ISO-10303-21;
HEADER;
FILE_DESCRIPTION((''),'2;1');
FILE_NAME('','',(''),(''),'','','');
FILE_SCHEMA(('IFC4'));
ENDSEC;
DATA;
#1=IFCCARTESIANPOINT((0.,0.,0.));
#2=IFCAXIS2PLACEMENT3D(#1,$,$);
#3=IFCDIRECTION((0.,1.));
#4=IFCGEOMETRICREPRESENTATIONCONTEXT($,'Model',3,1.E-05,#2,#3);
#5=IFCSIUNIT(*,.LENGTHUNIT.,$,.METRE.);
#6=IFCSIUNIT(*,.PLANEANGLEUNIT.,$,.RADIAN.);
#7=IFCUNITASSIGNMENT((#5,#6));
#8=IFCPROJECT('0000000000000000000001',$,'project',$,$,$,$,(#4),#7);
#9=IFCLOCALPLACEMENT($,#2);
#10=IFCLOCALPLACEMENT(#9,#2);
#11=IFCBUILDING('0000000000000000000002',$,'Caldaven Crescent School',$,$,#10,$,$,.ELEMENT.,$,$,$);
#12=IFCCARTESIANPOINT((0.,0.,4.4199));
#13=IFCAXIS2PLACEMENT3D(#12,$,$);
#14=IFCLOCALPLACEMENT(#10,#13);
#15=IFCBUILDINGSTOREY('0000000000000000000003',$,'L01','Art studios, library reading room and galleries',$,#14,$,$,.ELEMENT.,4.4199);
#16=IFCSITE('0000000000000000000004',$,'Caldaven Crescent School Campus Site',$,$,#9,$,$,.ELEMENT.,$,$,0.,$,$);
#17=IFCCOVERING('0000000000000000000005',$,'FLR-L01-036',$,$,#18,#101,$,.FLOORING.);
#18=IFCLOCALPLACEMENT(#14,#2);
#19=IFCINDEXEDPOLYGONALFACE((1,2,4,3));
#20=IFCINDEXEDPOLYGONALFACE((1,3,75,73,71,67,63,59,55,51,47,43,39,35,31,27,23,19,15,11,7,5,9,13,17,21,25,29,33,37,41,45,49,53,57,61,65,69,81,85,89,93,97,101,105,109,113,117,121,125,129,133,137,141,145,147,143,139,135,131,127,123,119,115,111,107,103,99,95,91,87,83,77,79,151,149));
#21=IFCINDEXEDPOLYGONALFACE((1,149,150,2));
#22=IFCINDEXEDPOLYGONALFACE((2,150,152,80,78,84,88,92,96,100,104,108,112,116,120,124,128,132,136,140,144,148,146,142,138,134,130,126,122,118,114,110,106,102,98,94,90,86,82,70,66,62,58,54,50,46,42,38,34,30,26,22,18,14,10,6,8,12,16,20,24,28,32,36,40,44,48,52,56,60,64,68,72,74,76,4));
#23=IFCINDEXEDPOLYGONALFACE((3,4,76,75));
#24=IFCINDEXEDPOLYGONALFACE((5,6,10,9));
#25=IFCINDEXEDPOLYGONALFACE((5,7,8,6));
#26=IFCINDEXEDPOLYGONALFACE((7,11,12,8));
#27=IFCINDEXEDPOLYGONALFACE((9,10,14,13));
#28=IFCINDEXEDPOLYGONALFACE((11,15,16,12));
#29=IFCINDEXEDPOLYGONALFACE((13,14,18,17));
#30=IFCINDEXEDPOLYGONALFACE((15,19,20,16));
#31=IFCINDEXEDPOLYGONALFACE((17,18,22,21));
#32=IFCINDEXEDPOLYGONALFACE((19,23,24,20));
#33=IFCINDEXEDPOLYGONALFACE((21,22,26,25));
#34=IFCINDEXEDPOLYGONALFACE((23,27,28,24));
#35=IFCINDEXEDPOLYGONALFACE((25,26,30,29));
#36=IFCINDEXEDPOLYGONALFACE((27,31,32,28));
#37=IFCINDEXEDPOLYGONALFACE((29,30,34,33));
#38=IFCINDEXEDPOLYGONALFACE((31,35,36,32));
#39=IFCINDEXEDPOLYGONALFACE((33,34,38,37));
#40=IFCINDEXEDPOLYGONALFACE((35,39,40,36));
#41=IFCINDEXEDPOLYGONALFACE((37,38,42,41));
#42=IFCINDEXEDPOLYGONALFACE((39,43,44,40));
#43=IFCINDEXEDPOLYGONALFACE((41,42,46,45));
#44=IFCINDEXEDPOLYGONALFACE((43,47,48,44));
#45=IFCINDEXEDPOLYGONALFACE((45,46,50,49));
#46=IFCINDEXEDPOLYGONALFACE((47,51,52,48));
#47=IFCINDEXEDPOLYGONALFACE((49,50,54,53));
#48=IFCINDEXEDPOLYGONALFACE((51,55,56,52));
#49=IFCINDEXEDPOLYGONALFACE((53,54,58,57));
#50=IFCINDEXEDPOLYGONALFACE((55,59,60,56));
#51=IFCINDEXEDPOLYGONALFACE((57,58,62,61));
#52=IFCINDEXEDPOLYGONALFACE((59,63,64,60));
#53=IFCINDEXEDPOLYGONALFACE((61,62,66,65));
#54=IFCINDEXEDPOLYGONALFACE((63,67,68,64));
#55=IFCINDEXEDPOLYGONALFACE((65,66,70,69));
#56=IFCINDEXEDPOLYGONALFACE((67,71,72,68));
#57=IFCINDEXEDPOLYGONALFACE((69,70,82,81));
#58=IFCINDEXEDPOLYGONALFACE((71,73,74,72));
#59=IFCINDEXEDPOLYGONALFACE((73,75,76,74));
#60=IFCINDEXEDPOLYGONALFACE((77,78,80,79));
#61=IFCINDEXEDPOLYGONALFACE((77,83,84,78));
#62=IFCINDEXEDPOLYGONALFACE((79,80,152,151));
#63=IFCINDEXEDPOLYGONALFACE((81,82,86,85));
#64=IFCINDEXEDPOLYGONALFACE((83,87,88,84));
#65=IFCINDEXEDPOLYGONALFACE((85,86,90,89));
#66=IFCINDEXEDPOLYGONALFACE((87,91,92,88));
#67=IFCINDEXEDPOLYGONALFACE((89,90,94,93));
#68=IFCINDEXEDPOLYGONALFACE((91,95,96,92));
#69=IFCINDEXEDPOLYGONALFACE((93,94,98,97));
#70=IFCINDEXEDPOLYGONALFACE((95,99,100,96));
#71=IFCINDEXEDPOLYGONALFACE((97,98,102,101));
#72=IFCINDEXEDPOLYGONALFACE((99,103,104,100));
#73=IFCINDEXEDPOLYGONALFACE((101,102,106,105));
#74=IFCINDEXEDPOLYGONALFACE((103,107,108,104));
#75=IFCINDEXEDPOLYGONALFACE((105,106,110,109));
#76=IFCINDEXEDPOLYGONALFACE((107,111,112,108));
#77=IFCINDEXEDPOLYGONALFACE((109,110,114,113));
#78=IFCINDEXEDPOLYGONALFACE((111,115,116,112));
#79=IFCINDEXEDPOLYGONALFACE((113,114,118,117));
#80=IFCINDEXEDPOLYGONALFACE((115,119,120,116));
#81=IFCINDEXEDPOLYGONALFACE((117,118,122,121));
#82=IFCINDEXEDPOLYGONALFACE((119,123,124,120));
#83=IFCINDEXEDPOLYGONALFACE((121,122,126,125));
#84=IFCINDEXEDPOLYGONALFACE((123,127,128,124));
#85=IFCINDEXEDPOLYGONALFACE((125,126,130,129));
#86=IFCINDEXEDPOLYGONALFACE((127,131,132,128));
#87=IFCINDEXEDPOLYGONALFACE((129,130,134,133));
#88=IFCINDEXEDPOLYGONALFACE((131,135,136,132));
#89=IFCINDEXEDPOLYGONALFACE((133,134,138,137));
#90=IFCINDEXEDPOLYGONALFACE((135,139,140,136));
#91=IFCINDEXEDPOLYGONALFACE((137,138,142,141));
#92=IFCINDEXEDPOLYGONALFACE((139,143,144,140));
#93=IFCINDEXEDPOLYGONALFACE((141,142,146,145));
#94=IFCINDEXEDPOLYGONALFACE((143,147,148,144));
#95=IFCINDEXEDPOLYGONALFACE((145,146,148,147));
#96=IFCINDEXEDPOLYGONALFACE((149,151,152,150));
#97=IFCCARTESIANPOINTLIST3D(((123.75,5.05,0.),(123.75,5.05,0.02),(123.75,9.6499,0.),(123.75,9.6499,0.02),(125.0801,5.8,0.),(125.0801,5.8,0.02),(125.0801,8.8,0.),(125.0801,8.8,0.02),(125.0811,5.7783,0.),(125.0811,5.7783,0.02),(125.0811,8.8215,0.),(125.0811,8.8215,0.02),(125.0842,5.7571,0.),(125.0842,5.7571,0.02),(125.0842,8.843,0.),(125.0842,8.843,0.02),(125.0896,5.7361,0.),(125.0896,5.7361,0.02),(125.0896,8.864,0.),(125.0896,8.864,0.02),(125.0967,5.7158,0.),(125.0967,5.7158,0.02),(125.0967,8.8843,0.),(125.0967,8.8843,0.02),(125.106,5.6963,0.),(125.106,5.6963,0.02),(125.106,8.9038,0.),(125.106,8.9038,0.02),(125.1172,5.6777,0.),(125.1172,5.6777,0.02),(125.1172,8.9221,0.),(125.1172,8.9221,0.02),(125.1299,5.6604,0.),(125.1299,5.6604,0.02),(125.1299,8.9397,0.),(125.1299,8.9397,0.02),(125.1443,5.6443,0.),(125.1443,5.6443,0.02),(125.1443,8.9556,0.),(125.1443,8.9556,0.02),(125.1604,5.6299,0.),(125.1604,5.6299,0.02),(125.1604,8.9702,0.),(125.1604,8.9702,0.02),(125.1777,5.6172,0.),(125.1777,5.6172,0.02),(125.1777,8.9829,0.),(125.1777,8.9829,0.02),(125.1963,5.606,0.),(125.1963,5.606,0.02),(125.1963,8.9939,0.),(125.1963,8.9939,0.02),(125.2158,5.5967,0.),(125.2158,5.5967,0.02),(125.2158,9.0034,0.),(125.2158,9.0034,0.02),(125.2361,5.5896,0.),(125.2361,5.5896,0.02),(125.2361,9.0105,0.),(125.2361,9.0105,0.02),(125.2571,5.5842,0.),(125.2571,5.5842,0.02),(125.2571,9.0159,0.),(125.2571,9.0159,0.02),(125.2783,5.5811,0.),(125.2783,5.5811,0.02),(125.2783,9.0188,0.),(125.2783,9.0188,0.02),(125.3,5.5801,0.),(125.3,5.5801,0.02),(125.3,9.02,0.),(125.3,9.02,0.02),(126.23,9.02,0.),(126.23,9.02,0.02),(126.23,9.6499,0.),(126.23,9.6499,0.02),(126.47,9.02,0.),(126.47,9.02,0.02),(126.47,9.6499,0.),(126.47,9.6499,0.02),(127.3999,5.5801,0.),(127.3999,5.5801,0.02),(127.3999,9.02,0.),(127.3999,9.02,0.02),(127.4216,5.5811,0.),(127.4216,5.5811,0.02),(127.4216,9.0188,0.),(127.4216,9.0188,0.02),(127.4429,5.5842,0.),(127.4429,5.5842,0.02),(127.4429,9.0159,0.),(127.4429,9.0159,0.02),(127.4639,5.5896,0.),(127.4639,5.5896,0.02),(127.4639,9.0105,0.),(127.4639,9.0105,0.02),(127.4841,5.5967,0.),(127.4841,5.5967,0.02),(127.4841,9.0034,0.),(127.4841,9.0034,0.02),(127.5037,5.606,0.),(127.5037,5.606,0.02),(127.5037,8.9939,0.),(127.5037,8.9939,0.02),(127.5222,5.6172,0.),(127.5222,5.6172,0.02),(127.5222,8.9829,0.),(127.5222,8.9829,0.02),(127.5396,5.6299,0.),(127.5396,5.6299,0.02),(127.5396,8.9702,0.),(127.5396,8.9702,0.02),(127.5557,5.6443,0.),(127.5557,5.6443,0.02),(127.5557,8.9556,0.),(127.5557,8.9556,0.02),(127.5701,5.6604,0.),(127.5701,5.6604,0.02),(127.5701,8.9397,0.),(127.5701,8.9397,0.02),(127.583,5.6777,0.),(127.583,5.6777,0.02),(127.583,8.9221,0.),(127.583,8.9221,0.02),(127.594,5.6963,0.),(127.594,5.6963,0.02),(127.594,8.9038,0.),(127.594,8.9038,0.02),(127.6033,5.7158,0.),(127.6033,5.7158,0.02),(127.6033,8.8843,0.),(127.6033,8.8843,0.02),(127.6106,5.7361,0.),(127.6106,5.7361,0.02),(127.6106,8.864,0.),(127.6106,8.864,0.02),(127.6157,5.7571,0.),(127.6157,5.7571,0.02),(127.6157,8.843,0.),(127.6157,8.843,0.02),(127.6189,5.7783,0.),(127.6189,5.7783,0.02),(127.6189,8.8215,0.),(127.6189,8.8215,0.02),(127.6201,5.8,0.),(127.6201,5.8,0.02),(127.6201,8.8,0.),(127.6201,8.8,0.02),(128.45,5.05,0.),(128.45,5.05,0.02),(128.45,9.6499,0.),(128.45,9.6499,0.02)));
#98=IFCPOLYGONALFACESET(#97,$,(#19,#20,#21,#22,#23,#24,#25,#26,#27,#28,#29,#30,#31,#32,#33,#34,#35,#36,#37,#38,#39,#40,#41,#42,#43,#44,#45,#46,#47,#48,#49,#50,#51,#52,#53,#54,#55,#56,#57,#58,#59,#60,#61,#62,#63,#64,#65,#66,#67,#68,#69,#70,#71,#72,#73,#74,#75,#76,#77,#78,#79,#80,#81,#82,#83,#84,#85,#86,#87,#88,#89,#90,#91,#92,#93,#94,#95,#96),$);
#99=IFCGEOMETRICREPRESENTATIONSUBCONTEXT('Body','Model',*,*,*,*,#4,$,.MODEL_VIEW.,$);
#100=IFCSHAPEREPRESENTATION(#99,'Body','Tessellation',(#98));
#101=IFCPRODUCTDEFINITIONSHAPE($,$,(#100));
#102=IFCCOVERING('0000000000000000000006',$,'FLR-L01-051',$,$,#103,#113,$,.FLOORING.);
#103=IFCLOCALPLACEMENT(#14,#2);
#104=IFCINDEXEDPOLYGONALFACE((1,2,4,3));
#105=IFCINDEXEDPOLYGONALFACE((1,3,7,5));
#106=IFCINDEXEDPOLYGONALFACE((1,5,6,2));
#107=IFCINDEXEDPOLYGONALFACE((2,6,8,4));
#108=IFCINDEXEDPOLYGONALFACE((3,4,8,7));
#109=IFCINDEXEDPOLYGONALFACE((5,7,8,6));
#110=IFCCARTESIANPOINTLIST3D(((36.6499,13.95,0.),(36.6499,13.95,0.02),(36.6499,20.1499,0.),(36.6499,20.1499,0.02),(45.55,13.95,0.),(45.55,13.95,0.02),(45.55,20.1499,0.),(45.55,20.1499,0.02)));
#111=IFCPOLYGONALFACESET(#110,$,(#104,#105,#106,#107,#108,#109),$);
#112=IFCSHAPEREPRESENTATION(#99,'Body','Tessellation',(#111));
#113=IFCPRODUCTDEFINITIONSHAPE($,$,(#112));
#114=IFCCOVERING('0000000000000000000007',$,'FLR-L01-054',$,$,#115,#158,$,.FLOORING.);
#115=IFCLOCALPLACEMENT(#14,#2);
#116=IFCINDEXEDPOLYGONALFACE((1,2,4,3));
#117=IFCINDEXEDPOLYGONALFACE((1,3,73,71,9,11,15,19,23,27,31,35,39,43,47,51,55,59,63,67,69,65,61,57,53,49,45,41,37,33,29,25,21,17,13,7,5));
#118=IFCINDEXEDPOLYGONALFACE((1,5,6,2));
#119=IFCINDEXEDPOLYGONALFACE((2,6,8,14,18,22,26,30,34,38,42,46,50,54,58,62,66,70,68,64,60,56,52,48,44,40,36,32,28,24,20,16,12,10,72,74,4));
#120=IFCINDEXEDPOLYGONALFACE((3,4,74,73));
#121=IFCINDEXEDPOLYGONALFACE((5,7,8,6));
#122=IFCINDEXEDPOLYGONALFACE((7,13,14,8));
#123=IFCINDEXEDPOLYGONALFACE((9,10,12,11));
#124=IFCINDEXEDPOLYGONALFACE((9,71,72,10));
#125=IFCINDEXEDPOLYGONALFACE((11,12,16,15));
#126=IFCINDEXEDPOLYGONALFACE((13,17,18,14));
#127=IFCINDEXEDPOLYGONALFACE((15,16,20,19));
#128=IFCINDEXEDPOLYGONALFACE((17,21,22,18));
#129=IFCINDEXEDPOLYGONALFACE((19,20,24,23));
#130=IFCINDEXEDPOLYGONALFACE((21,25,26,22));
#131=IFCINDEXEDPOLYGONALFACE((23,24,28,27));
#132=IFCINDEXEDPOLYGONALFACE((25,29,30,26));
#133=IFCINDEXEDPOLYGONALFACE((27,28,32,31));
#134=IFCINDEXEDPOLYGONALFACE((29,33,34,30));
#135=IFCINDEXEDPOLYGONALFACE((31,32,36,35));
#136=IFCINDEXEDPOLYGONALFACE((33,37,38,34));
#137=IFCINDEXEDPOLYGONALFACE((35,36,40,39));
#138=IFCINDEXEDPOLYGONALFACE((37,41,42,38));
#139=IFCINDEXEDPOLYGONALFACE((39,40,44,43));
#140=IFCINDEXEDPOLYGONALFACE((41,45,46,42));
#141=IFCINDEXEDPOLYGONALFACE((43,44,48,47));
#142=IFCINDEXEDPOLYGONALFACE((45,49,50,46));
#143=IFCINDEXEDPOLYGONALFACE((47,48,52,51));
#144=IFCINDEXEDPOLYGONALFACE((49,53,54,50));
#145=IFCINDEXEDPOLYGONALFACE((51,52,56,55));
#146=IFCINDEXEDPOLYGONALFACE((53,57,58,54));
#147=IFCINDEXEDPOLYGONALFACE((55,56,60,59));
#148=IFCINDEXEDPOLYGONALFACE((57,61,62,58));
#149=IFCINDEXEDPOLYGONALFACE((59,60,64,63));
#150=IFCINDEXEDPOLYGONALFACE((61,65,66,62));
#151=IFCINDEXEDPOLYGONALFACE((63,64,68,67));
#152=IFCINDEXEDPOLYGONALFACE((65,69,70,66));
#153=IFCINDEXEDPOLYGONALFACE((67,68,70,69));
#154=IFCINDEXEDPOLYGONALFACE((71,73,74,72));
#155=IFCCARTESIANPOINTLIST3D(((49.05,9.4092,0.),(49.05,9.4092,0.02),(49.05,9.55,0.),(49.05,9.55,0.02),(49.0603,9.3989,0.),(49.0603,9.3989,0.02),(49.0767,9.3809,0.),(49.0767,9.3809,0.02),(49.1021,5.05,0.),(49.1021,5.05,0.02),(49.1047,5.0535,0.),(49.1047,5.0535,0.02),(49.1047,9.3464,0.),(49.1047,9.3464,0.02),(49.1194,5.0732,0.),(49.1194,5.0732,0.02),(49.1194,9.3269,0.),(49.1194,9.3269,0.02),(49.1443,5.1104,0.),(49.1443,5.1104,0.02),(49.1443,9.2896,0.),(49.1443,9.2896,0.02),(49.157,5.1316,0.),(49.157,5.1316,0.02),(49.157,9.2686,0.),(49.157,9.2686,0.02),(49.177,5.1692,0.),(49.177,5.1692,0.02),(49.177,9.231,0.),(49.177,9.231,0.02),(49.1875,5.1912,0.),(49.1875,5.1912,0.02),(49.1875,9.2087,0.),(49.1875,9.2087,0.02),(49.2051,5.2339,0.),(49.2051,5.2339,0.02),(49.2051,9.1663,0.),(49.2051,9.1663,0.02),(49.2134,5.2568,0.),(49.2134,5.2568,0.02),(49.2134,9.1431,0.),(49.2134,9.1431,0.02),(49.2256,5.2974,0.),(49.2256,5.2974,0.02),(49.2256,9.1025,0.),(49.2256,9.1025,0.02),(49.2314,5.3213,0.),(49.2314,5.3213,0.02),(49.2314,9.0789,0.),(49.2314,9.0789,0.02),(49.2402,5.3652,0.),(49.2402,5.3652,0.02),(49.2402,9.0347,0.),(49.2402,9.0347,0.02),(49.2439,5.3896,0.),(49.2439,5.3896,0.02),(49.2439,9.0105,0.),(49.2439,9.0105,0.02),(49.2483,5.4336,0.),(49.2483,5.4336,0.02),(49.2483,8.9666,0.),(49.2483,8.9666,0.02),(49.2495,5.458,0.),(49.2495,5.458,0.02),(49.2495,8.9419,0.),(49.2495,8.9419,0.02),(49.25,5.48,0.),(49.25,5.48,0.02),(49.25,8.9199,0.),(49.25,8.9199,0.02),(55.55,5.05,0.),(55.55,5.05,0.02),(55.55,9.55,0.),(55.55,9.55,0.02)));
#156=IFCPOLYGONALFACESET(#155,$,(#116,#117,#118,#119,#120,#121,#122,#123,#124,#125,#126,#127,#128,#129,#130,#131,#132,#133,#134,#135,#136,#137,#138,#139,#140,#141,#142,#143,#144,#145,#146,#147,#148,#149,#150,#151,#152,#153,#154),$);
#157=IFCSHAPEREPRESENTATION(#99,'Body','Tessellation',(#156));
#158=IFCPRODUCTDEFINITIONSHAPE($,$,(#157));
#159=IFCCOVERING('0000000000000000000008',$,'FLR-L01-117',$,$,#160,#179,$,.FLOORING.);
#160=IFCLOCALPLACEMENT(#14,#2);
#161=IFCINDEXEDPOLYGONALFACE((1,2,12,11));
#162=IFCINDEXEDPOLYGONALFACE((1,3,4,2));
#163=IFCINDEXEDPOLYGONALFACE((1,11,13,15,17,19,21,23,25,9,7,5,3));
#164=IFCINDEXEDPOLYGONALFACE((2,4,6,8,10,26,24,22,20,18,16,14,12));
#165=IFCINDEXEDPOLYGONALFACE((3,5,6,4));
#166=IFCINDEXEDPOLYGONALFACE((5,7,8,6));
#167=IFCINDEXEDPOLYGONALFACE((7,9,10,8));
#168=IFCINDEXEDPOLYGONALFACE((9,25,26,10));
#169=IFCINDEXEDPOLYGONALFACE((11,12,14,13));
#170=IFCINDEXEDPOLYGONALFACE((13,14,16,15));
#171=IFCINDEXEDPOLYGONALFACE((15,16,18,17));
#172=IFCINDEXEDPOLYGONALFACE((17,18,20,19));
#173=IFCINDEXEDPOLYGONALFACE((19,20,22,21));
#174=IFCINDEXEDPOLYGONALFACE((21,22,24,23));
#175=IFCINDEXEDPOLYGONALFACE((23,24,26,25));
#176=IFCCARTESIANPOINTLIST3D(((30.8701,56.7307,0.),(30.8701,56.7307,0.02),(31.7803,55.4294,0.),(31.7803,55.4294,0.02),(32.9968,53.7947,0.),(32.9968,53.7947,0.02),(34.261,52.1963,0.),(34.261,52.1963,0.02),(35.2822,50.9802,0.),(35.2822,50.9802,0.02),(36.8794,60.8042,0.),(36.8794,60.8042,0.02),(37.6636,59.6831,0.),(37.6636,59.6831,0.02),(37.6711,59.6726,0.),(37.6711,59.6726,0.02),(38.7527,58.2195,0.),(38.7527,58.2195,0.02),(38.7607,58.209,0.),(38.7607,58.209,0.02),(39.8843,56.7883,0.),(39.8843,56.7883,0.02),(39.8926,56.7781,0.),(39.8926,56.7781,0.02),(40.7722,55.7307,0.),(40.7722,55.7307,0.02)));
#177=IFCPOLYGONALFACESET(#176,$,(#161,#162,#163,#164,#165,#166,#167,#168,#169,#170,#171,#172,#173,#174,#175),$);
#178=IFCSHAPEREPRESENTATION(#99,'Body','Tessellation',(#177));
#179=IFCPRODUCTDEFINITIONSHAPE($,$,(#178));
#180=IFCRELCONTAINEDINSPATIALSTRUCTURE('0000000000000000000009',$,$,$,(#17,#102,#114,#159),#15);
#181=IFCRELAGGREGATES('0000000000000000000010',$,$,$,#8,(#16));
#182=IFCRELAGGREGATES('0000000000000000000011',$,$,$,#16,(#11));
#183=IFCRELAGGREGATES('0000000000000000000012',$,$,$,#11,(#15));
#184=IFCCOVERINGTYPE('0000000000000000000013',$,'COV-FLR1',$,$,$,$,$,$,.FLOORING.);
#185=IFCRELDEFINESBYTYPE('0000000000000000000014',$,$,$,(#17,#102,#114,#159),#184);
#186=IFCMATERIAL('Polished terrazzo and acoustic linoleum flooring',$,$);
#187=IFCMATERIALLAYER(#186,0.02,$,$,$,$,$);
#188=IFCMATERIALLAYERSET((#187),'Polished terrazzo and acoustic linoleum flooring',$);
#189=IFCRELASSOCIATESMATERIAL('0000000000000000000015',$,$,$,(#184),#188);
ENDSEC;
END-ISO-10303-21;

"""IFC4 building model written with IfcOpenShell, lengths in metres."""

from ifc_helpers import new_model, si_unit, direction, frame, origin, place, context, subcontext, project, spatial, polyline, outline, extrude, material, layer, layer_set, type_object, element, save


model = new_model("IFC4")

# Units and contexts
model_context = context("Model", 3, precision=1e-05, world=origin(), true_north=direction((0.0, 1.0)))
body_context = subcontext(model_context, "Body", "Model", "MODEL_VIEW")
ifc_project = project(units=[si_unit("LENGTHUNIT", "METRE"), si_unit("PLANEANGLEUNIT", "RADIAN")], contexts=[model_context])

# Site, building, storey
site_placement = place(None, origin())
site = spatial("IfcSite", under=ifc_project, at=site_placement, Name="Caldaven Crescent School Campus Site", CompositionType="ELEMENT", RefElevation=0.0)
building_placement = place(site_placement, origin())
building = spatial("IfcBuilding", under=site, at=building_placement, Name="Caldaven Crescent School", CompositionType="ELEMENT")
storey_placement = place(building_placement, frame((0.0, 0.0, 4.4199)))
storey = spatial("IfcBuildingStorey", under=building, at=storey_placement, Name="L01", Description="Art studios, library reading room and galleries", CompositionType="ELEMENT", Elevation=4.4199)

# Coverings
ifc_material_1 = material(Name="Polished terrazzo and acoustic linoleum flooring")
ifc_layer_1 = layer(ifc_material_1, 0.02)
ifc_layer_set_1 = layer_set([ifc_layer_1], Name="Polished terrazzo and acoustic linoleum flooring")
covering_type_1 = type_object("IfcCoveringType", Name="COV-FLR1", PredefinedType="FLOORING", material=ifc_layer_set_1)
covering_1_placement = place(storey_placement, origin())
element("IfcCovering", 1, at=covering_1_placement, inside=storey, type_object=covering_type_1, Name="FLR-L01-036", PredefinedType="FLOORING", context=body_context, shape_type="SweptSolid", body=[
    extrude(outline(polyline([(126.23, 9.6499), (126.23, 9.02), (125.3, 9.02), (125.2783, 9.0188), (125.2571, 9.0159), (125.2361, 9.0105), (125.2158, 9.0034), (125.1963, 8.9939), (125.1777, 8.9829), (125.1604, 8.9702), (125.1443, 8.9556), (125.1299, 8.9397), (125.1172, 8.9221), (125.106, 8.9038), (125.0967, 8.8843), (125.0896, 8.864), (125.0842, 8.843), (125.0811, 8.8215), (125.0801, 8.8), (125.0801, 5.8), (125.0811, 5.7783), (125.0842, 5.7571), (125.0896, 5.7361), (125.0967, 5.7158), (125.106, 5.6963), (125.1172, 5.6777), (125.1299, 5.6604), (125.1443, 5.6443), (125.1604, 5.6299), (125.1777, 5.6172), (125.1963, 5.606), (125.2158, 5.5967), (125.2361, 5.5896), (125.2571, 5.5842), (125.2783, 5.5811), (125.3, 5.5801), (127.3999, 5.5801), (127.4216, 5.5811), (127.4429, 5.5842), (127.4639, 5.5896), (127.4841, 5.5967), (127.5037, 5.606), (127.5222, 5.6172), (127.5396, 5.6299), (127.5557, 5.6443), (127.5701, 5.6604), (127.583, 5.6777), (127.594, 5.6963), (127.6033, 5.7158), (127.6106, 5.7361), (127.6157, 5.7571), (127.6189, 5.7783), (127.6201, 5.8), (127.6201, 8.8), (127.6189, 8.8215), (127.6157, 8.843), (127.6106, 8.864), (127.6033, 8.8843), (127.594, 8.9038), (127.583, 8.9221), (127.5701, 8.9397), (127.5557, 8.9556), (127.5396, 8.9702), (127.5222, 8.9829), (127.5037, 8.9939), (127.4841, 9.0034), (127.4639, 9.0105), (127.4429, 9.0159), (127.4216, 9.0188), (127.3999, 9.02), (126.47, 9.02), (126.47, 9.6499), (128.45, 9.6499), (128.45, 5.05), (123.75, 5.05), (123.75, 9.6499), (126.23, 9.6499)])), origin(), (0.0, 0.0, 1.0), 0.02),
])
covering_2_placement = place(storey_placement, origin())
element("IfcCovering", 2, at=covering_2_placement, inside=storey, type_object=covering_type_1, Name="FLR-L01-051", PredefinedType="FLOORING", context=body_context, shape_type="SweptSolid", body=[
    extrude(outline(polyline([(36.6499, 20.1499), (45.55, 20.1499), (45.55, 13.95), (36.6499, 13.95), (36.6499, 20.1499)])), origin(), (0.0, 0.0, 1.0), 0.02),
])
covering_3_placement = place(storey_placement, origin())
element("IfcCovering", 3, at=covering_3_placement, inside=storey, type_object=covering_type_1, Name="FLR-L01-054", PredefinedType="FLOORING", context=body_context, shape_type="SweptSolid", body=[
    extrude(outline(polyline([(49.05, 9.4092), (49.05, 9.55), (55.55, 9.55), (55.55, 5.05), (49.1021, 5.05), (49.1047, 5.0535), (49.1194, 5.0732), (49.1443, 5.1104), (49.157, 5.1316), (49.177, 5.1692), (49.1875, 5.1912), (49.2051, 5.2339), (49.2134, 5.2568), (49.2256, 5.2974), (49.2314, 5.3213), (49.2402, 5.3652), (49.2439, 5.3896), (49.2483, 5.4336), (49.2495, 5.458), (49.25, 5.48), (49.25, 8.9199), (49.2495, 8.9419), (49.2483, 8.9666), (49.2439, 9.0105), (49.2402, 9.0347), (49.2314, 9.0789), (49.2256, 9.1025), (49.2134, 9.1431), (49.2051, 9.1663), (49.1875, 9.2087), (49.177, 9.231), (49.157, 9.2686), (49.1443, 9.2896), (49.1194, 9.3269), (49.1047, 9.3464), (49.0767, 9.3809), (49.0603, 9.3989), (49.05, 9.4092)])), origin(), (0.0, 0.0, 1.0), 0.02),
])
covering_4_placement = place(storey_placement, origin())
element("IfcCovering", 4, at=covering_4_placement, inside=storey, type_object=covering_type_1, Name="FLR-L01-117", PredefinedType="FLOORING", context=body_context, shape_type="SweptSolid", body=[
    extrude(outline(polyline([(36.8794, 60.8042), (37.6636, 59.6831), (37.6711, 59.6726), (38.7527, 58.2195), (38.7607, 58.209), (39.8843, 56.7883), (39.8926, 56.7781), (40.7722, 55.7307), (35.2822, 50.9802), (34.261, 52.1963), (32.9968, 53.7947), (31.7803, 55.4294), (30.8701, 56.7307), (36.8794, 60.8042)])), origin(), (0.0, 0.0, 1.0), 0.02),
])

save(model, "model.ifc")
